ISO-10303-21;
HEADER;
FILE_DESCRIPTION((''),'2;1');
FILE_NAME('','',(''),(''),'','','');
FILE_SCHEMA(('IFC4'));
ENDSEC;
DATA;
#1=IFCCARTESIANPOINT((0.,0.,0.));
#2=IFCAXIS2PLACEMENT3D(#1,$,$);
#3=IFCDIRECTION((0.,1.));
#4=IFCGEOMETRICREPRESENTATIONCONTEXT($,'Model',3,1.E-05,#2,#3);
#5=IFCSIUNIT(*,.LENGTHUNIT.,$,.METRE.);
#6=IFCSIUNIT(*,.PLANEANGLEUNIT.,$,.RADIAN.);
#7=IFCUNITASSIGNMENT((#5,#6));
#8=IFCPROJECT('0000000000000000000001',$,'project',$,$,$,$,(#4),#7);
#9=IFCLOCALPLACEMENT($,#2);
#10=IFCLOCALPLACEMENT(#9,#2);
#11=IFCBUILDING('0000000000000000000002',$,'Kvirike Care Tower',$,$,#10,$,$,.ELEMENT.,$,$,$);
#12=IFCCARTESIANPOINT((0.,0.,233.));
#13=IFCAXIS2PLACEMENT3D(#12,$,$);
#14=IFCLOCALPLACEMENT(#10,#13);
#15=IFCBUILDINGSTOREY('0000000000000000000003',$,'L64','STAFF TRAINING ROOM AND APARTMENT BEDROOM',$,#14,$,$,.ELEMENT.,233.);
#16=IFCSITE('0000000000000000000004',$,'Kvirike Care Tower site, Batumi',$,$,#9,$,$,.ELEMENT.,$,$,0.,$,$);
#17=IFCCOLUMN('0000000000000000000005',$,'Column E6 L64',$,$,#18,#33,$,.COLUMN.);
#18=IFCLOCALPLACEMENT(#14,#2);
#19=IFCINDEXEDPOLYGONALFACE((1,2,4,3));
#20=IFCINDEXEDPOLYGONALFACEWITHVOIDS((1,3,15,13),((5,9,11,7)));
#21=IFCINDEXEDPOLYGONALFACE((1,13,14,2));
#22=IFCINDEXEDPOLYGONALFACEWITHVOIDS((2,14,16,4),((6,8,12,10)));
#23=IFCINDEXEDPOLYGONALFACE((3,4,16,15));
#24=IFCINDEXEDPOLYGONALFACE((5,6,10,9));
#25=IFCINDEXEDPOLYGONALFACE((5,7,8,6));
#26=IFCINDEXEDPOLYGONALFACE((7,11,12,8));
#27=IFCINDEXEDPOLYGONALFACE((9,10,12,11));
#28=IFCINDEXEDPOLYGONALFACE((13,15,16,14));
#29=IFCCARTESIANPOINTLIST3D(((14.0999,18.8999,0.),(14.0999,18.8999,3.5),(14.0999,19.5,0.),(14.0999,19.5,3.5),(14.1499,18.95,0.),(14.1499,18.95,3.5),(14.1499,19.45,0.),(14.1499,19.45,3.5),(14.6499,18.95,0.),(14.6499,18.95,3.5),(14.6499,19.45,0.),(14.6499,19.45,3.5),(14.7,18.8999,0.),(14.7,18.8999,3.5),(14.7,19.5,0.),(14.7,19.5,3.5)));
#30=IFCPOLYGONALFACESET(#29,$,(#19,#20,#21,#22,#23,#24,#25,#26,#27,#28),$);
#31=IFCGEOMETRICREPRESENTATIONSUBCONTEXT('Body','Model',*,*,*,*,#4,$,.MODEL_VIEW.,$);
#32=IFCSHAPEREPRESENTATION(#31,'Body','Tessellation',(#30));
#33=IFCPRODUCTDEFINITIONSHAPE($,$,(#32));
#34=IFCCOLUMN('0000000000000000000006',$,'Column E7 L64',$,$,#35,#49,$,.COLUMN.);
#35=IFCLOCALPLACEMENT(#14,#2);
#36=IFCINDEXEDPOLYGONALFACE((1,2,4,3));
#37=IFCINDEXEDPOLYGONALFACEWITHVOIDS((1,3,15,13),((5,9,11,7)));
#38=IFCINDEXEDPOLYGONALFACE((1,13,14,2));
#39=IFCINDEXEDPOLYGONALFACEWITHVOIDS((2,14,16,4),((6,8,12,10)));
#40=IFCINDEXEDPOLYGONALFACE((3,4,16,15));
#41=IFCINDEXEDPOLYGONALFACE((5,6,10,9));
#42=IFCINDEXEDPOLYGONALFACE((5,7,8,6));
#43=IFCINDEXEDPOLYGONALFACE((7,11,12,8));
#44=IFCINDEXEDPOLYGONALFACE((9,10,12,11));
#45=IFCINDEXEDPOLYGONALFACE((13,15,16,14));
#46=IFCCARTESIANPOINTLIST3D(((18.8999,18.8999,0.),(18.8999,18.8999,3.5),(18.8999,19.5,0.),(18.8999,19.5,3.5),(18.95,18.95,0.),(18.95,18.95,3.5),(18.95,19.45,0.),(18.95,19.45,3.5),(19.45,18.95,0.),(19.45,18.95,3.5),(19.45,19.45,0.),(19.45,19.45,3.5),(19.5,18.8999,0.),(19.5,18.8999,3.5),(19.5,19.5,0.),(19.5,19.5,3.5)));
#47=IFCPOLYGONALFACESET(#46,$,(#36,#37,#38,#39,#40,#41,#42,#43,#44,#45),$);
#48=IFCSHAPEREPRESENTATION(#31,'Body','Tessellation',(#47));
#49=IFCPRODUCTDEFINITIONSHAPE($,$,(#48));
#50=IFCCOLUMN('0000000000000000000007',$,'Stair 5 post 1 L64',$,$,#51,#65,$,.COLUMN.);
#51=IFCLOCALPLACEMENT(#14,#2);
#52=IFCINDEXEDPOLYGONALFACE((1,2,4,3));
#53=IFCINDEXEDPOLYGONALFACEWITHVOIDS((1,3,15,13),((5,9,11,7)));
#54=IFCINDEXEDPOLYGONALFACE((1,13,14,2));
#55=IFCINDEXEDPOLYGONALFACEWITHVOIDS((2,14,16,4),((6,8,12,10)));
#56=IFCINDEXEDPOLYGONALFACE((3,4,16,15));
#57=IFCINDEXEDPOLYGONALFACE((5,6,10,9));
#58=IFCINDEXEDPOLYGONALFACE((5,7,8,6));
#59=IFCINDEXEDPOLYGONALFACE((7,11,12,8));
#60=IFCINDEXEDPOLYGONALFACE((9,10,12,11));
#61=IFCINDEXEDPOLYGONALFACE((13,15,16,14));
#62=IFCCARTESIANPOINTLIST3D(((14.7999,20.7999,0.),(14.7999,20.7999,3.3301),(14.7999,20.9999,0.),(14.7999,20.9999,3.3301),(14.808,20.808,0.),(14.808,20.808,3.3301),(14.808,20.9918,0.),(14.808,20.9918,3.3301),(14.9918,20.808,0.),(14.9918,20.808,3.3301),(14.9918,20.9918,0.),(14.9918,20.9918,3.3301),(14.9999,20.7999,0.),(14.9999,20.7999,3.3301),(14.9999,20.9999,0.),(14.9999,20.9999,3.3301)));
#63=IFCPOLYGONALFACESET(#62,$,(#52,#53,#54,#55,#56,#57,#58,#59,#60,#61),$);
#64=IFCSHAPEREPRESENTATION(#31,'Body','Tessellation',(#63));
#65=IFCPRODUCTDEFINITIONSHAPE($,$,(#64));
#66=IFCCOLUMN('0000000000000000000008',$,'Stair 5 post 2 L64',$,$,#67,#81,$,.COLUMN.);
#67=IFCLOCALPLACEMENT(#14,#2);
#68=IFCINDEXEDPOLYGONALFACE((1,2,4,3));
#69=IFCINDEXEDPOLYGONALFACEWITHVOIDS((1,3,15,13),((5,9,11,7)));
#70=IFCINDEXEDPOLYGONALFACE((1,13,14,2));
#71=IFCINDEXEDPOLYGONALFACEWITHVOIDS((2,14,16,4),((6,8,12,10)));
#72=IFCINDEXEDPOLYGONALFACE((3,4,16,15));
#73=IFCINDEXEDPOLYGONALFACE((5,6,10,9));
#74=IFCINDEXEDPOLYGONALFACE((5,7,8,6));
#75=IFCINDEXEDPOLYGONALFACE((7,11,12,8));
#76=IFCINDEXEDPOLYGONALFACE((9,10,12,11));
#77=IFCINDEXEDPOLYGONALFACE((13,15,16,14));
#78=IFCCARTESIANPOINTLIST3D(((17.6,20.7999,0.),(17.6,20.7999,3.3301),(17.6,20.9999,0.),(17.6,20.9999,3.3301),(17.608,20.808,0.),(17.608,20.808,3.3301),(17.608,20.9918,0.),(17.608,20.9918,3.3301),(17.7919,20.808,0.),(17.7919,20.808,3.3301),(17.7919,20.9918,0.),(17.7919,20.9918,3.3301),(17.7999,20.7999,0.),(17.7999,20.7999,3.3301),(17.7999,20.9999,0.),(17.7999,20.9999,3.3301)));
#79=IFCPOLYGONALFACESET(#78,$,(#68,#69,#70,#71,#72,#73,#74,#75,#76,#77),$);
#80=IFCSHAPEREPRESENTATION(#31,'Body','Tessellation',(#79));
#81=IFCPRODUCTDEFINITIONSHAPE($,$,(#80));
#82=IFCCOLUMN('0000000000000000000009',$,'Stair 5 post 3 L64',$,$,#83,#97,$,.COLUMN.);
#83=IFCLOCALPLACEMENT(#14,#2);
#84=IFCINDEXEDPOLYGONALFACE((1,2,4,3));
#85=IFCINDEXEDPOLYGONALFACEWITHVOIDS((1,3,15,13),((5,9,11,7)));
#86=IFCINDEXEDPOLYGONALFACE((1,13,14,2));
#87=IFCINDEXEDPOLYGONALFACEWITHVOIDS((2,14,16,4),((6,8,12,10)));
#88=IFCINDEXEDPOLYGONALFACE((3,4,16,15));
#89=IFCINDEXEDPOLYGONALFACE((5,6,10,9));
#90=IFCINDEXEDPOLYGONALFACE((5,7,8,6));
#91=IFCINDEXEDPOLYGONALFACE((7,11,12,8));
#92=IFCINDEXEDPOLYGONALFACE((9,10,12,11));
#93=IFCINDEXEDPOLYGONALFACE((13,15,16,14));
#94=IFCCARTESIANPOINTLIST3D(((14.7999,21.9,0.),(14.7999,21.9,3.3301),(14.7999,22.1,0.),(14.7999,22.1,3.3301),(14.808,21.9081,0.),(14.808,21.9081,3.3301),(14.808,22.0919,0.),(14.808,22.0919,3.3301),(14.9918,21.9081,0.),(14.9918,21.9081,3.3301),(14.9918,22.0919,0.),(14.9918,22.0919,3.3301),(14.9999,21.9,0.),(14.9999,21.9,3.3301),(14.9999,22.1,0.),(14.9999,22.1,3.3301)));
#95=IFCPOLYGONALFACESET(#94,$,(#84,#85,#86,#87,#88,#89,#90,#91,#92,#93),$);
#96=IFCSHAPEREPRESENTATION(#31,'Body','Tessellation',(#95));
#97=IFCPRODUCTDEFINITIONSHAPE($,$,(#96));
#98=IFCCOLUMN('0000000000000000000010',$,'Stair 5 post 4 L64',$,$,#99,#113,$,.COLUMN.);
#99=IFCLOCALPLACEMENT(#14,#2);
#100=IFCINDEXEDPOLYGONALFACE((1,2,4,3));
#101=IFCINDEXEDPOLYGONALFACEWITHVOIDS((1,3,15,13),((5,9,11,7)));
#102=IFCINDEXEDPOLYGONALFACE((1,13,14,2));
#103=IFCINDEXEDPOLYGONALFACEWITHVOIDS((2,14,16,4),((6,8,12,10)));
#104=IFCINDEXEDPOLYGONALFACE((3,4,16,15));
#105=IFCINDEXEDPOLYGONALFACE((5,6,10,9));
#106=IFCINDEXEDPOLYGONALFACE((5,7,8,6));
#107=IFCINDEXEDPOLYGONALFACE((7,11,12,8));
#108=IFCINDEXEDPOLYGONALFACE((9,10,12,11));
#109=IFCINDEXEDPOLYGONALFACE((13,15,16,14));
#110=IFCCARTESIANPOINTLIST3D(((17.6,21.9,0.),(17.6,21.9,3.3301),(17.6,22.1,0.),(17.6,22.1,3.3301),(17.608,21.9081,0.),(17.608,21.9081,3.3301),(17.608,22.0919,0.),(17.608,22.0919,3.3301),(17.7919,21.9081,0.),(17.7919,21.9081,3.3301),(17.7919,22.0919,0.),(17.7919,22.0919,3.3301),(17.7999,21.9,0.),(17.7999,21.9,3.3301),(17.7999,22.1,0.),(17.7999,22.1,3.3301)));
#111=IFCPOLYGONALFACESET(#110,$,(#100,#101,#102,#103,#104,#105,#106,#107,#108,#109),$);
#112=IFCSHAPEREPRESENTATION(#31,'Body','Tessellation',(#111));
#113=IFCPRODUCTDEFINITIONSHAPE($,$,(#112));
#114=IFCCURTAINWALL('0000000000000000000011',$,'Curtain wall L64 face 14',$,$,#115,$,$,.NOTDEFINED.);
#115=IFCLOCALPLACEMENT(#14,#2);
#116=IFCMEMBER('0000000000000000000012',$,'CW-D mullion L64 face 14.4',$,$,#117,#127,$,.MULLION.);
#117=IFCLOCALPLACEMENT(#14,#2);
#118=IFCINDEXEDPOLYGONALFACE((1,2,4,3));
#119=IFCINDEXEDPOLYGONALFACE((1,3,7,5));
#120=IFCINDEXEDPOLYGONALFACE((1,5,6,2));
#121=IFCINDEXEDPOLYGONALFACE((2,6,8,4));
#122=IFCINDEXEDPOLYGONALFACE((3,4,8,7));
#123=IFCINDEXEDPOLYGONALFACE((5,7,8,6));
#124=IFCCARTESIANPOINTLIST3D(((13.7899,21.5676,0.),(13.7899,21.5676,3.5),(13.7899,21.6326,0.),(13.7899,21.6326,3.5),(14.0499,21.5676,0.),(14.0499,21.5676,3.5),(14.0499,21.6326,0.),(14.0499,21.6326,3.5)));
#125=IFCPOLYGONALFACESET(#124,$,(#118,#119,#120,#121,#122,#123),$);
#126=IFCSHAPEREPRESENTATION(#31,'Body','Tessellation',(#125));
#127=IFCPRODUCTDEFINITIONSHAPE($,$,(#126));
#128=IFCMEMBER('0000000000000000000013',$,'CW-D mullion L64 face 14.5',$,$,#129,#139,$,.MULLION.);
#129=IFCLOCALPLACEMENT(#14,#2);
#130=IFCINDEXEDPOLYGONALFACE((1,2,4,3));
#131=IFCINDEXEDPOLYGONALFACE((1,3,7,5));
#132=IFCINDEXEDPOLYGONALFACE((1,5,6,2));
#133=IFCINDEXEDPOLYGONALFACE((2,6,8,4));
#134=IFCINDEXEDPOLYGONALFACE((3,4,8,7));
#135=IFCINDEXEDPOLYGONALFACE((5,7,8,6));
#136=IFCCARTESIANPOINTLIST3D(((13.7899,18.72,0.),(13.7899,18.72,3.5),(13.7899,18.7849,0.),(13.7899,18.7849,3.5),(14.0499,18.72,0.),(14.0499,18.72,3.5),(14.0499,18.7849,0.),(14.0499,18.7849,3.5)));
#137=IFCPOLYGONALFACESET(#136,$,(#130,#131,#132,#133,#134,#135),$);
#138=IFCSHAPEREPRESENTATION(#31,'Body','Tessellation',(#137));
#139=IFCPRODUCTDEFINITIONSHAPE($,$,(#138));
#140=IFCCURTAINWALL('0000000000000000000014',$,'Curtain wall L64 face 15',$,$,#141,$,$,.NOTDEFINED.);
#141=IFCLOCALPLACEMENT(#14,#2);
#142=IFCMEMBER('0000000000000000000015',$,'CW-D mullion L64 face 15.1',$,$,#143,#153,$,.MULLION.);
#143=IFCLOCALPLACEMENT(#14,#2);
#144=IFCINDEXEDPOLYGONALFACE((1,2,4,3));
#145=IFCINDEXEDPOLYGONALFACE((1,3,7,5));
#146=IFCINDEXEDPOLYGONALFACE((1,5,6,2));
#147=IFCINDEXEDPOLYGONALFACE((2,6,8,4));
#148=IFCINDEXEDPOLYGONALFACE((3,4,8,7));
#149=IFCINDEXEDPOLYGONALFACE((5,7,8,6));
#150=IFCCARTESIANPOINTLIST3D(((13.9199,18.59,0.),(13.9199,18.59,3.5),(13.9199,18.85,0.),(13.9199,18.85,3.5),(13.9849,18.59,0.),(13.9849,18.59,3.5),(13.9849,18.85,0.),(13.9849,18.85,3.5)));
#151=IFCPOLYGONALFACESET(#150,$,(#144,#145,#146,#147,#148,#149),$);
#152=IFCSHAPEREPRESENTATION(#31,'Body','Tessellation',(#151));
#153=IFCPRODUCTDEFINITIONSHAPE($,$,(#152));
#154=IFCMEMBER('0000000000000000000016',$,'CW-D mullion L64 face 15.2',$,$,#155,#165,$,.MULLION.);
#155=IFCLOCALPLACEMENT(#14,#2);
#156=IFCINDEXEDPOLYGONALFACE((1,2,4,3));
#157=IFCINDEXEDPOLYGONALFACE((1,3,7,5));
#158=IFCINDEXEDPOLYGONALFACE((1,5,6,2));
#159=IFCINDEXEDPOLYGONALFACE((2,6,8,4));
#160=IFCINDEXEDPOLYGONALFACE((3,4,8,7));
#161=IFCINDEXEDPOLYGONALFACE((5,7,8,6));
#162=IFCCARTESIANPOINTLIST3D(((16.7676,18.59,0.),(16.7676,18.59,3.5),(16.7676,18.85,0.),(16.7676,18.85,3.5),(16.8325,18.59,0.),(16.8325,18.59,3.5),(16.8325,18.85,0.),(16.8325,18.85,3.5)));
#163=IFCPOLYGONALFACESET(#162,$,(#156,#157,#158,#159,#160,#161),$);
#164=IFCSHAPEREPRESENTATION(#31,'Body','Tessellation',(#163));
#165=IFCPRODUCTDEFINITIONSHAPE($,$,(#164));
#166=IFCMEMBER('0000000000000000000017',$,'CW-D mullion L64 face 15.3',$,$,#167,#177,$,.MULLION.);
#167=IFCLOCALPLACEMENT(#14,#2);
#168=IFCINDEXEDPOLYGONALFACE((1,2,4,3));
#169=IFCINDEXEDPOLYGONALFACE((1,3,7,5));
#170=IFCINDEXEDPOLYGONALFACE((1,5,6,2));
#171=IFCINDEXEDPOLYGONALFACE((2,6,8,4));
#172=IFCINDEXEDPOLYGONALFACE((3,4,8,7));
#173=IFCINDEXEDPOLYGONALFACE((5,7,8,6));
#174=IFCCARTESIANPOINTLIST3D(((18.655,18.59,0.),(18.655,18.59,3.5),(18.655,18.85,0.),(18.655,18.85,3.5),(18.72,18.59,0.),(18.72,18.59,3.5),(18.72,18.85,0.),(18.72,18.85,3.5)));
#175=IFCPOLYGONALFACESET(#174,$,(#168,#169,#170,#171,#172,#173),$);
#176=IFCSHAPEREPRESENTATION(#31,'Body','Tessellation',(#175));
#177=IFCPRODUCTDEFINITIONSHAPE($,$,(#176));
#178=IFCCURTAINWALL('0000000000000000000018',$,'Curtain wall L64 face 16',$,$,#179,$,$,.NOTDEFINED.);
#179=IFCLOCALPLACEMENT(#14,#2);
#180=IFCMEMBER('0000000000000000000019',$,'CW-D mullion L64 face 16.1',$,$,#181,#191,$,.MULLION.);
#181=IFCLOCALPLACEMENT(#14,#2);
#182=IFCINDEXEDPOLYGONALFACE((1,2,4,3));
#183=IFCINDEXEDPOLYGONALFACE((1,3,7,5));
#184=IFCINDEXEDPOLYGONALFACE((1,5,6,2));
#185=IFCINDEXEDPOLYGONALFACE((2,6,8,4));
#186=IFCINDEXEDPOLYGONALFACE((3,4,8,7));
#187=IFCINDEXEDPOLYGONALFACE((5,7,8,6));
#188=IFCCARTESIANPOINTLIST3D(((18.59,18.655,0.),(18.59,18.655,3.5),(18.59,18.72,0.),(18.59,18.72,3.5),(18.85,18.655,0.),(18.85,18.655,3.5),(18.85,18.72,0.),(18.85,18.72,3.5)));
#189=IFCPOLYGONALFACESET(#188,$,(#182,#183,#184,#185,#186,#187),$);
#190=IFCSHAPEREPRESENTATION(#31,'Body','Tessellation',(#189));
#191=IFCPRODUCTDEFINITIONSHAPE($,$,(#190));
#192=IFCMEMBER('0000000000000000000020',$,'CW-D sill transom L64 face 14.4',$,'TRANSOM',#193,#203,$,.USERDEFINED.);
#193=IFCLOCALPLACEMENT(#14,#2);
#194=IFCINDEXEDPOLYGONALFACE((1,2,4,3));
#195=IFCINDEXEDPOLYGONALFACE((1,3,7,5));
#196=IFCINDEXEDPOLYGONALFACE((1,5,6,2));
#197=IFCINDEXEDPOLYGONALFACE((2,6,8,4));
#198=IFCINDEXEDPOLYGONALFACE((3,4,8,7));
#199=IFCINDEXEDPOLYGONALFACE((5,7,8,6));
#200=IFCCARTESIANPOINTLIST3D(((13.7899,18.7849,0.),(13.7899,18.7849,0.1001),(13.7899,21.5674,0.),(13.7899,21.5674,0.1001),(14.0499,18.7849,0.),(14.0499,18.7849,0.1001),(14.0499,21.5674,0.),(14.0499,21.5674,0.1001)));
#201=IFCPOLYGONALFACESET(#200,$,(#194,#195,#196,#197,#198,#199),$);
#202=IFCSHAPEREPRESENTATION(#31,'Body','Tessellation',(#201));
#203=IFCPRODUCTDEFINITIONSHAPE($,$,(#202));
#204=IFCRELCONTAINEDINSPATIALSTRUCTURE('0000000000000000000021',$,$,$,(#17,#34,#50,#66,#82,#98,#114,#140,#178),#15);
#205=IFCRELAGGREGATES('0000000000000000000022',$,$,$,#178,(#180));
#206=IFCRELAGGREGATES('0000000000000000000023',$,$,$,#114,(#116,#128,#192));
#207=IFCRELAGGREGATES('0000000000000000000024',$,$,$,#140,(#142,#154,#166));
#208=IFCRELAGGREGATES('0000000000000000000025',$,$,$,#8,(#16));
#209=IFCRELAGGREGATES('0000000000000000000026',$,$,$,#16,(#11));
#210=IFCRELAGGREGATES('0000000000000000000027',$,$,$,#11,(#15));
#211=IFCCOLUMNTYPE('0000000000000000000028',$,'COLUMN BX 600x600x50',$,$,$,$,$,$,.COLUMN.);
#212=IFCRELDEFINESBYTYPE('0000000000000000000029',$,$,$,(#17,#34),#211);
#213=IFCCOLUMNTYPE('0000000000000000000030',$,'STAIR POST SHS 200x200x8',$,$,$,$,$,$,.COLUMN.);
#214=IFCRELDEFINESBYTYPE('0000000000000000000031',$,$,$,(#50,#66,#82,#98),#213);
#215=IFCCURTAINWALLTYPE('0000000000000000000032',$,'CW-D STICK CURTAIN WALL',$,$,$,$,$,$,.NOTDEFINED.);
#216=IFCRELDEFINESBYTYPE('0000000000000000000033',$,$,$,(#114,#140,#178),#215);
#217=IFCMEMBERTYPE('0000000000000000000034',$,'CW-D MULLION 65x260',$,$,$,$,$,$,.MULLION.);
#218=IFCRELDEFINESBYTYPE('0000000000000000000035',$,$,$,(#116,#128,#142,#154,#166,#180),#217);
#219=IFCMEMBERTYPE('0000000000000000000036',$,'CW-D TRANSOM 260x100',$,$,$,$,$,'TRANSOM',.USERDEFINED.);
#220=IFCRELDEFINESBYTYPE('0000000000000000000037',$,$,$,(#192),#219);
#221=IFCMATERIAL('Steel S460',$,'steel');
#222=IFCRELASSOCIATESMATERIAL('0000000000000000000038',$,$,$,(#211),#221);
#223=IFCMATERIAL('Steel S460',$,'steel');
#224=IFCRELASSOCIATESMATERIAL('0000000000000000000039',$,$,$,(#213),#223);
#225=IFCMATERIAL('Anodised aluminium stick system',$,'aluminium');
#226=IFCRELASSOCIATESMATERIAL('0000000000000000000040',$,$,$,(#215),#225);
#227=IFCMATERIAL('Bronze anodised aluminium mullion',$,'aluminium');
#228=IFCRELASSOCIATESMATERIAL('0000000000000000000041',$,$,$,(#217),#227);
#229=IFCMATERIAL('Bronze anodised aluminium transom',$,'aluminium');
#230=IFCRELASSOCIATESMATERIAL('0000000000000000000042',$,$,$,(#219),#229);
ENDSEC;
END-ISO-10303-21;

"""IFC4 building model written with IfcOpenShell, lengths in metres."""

from ifc_helpers import new_model, si_unit, direction, frame, origin, origin_2d, place, context, subcontext, project, spatial, rectangle, hollow_rectangle, extrude, material, material_profile, profile_set, type_object, element, aggregate, save


model = new_model("IFC4")

# Units and contexts
model_context = context("Model", 3, precision=1e-05, world=origin(), true_north=direction((0.0, 1.0)))
body_context = subcontext(model_context, "Body", "Model", "MODEL_VIEW")
ifc_project = project(units=[si_unit("LENGTHUNIT", "METRE"), si_unit("PLANEANGLEUNIT", "RADIAN")], contexts=[model_context])

# Site, building, storey
site_placement = place(None, origin())
site = spatial("IfcSite", under=ifc_project, at=site_placement, Name="Kvirike Care Tower site, Batumi", CompositionType="ELEMENT", RefElevation=0.0)
building_placement = place(site_placement, origin())
building = spatial("IfcBuilding", under=site, at=building_placement, Name="Kvirike Care Tower", CompositionType="ELEMENT")
storey_placement = place(building_placement, frame((0.0, 0.0, 233.0)))
storey = spatial("IfcBuildingStorey", under=building, at=storey_placement, Name="L64", Description="STAFF TRAINING ROOM AND APARTMENT BEDROOM", CompositionType="ELEMENT", Elevation=233.0)

# Columns
ifc_material_1 = material(Name="Steel S460", Category="steel")
ifc_material_profile_1 = material_profile(ifc_material_1, hollow_rectangle(XDim=0.6001, YDim=0.6001, WallThickness=0.05, at=origin_2d()), Name="BX 600x600x50")
ifc_profile_set_1 = profile_set([ifc_material_profile_1], Name="Steel S460")
column_type_1 = type_object("IfcColumnType", Name="COLUMN BX 600x600x50", PredefinedType="COLUMN", material=ifc_profile_set_1)
for number, where, z_axis, x_axis, name in (
    (1, (14.3999, 19.2, 0.0), (0.0, 0.0, 1.0), (0.0, 1.0, 0.0), "Column E6 L64"),
    (2, (19.2, 19.2, 0.0), (0.0, 0.0, 1.0), (0.0, 1.0, 0.0), "Column E7 L64"),
):
    element("IfcColumn", number, at=place(storey_placement, frame(where, z_axis=z_axis, x_axis=x_axis)), inside=storey, type_object=column_type_1, Name=name, PredefinedType="COLUMN", context=body_context, shape_type="SweptSolid", body=[
        extrude(hollow_rectangle(XDim=0.6001, YDim=0.6001, WallThickness=0.05, at=origin_2d()), origin(), (0.0, 0.0, 1.0), 3.5),
    ])
ifc_material_2 = material(Name="Steel S460", Category="steel")
ifc_material_profile_2 = material_profile(ifc_material_2, hollow_rectangle(XDim=0.2, YDim=0.2, WallThickness=0.0081, at=origin_2d()), Name="SHS 200x200x8")
ifc_profile_set_2 = profile_set([ifc_material_profile_2], Name="Steel S460")
column_type_2 = type_object("IfcColumnType", Name="STAIR POST SHS 200x200x8", PredefinedType="COLUMN", material=ifc_profile_set_2)
for number, where, z_axis, x_axis, name in (
    (3, (14.8999, 20.8999, 0.0), (0.0, 0.0, 1.0), (1.0, 0.0, 0.0), "Stair 5 post 1 L64"),
    (4, (17.7, 20.8999, 0.0), (0.0, 0.0, 1.0), (1.0, 0.0, 0.0), "Stair 5 post 2 L64"),
    (5, (14.8999, 22.0, 0.0), (0.0, 0.0, 1.0), (1.0, 0.0, 0.0), "Stair 5 post 3 L64"),
    (6, (17.7, 22.0, 0.0), (0.0, 0.0, 1.0), (1.0, 0.0, 0.0), "Stair 5 post 4 L64"),
):
    element("IfcColumn", number, at=place(storey_placement, frame(where, z_axis=z_axis, x_axis=x_axis)), inside=storey, type_object=column_type_2, Name=name, PredefinedType="COLUMN", context=body_context, shape_type="SweptSolid", body=[
        extrude(hollow_rectangle(XDim=0.2, YDim=0.2, WallThickness=0.0081, at=origin_2d()), origin(), (0.0, 0.0, 1.0), 3.3301),
    ])

# Curtain walls, members
ifc_material_3 = material(Name="Anodised aluminium stick system", Category="aluminium")
curtain_wall_type = type_object("IfcCurtainWallType", Name="CW-D STICK CURTAIN WALL", PredefinedType="NOTDEFINED", material=ifc_material_3)
curtain_wall_1_placement = place(storey_placement, origin())
curtain_wall_1 = element("IfcCurtainWall", 7, at=curtain_wall_1_placement, inside=storey, type_object=curtain_wall_type, Name="Curtain wall L64 face 14", PredefinedType="NOTDEFINED")
ifc_material_4 = material(Name="Bronze anodised aluminium mullion", Category="aluminium")
ifc_material_profile_3 = material_profile(ifc_material_4, rectangle(XDim=0.0649, YDim=0.26, at=origin_2d()), Name="CW-D MULLION 65x260")
ifc_profile_set_3 = profile_set([ifc_material_profile_3], Name="Bronze anodised aluminium mullion")
member_type_1 = type_object("IfcMemberType", Name="CW-D MULLION 65x260", PredefinedType="MULLION", material=ifc_profile_set_3)
member_1_placement = place(storey_placement, frame((13.9199, 21.6001, 0.0), z_axis=(0.0, 0.0, 1.0), x_axis=(0.0, -1.0, 0.0)))
member_1 = element("IfcMember", 8, at=member_1_placement, type_object=member_type_1, Name="CW-D mullion L64 face 14.4", PredefinedType="MULLION", context=body_context, shape_type="SweptSolid", body=[
    extrude(rectangle(XDim=0.0649, YDim=0.26, at=origin_2d()), origin(), (0.0, 0.0, 1.0), 3.5),
])
member_2_placement = place(storey_placement, frame((13.9199, 18.7524, 0.0), z_axis=(0.0, 0.0, 1.0), x_axis=(0.0, -1.0, 0.0)))
member_2 = element("IfcMember", 9, at=member_2_placement, type_object=member_type_1, Name="CW-D mullion L64 face 14.5", PredefinedType="MULLION", context=body_context, shape_type="SweptSolid", body=[
    extrude(rectangle(XDim=0.0649, YDim=0.26, at=origin_2d()), origin(), (0.0, 0.0, 1.0), 3.5),
])
curtain_wall_2_placement = place(storey_placement, origin())
curtain_wall_2 = element("IfcCurtainWall", 10, at=curtain_wall_2_placement, inside=storey, type_object=curtain_wall_type, Name="Curtain wall L64 face 15", PredefinedType="NOTDEFINED")
member_3_placement = place(storey_placement, frame((13.9524, 18.72, 0.0), z_axis=(0.0, 0.0, 1.0), x_axis=(1.0, 0.0, 0.0)))
member_3 = element("IfcMember", 11, at=member_3_placement, type_object=member_type_1, Name="CW-D mullion L64 face 15.1", PredefinedType="MULLION", context=body_context, shape_type="SweptSolid", body=[
    extrude(rectangle(XDim=0.0649, YDim=0.26, at=origin_2d()), origin(), (0.0, 0.0, 1.0), 3.5),
])
member_4_placement = place(storey_placement, frame((16.8, 18.72, 0.0), z_axis=(0.0, 0.0, 1.0), x_axis=(1.0, 0.0, 0.0)))
member_4 = element("IfcMember", 12, at=member_4_placement, type_object=member_type_1, Name="CW-D mullion L64 face 15.2", PredefinedType="MULLION", context=body_context, shape_type="SweptSolid", body=[
    extrude(rectangle(XDim=0.0649, YDim=0.26, at=origin_2d()), origin(), (0.0, 0.0, 1.0), 3.5),
])
member_5_placement = place(storey_placement, frame((18.6875, 18.72, 0.0), z_axis=(0.0, 0.0, 1.0), x_axis=(1.0, 0.0, 0.0)))
member_5 = element("IfcMember", 13, at=member_5_placement, type_object=member_type_1, Name="CW-D mullion L64 face 15.3", PredefinedType="MULLION", context=body_context, shape_type="SweptSolid", body=[
    extrude(rectangle(XDim=0.0649, YDim=0.26, at=origin_2d()), origin(), (0.0, 0.0, 1.0), 3.5),
])

# Curtain wall, member
curtain_wall_3_placement = place(storey_placement, origin())
curtain_wall_3 = element("IfcCurtainWall", 14, at=curtain_wall_3_placement, inside=storey, type_object=curtain_wall_type, Name="Curtain wall L64 face 16", PredefinedType="NOTDEFINED")
member_6_placement = place(storey_placement, frame((18.72, 18.6875, 0.0), z_axis=(0.0, 0.0, 1.0), x_axis=(0.0, -1.0, 0.0)))
member_6 = element("IfcMember", 15, at=member_6_placement, type_object=member_type_1, Name="CW-D mullion L64 face 16.1", PredefinedType="MULLION", context=body_context, shape_type="SweptSolid", body=[
    extrude(rectangle(XDim=0.0649, YDim=0.26, at=origin_2d()), origin(), (0.0, 0.0, 1.0), 3.5),
])

# Member
ifc_material_5 = material(Name="Bronze anodised aluminium transom", Category="aluminium")
ifc_material_profile_4 = material_profile(ifc_material_5, rectangle(XDim=0.26, YDim=0.1001, at=origin_2d()), Name="CW-D TRANSOM 260x100")
ifc_profile_set_4 = profile_set([ifc_material_profile_4], Name="Bronze anodised aluminium transom")
member_type_2 = type_object("IfcMemberType", Name="CW-D TRANSOM 260x100", ElementType="TRANSOM", PredefinedType="USERDEFINED", material=ifc_profile_set_4)
member_7_placement = place(storey_placement, frame((13.9199, 21.5674, 0.05), z_axis=(0.0, -1.0, 0.0), x_axis=(1.0, 0.0, 0.0)))
member_7 = element("IfcMember", 16, at=member_7_placement, type_object=member_type_2, Name="CW-D sill transom L64 face 14.4", ObjectType="TRANSOM", PredefinedType="USERDEFINED", context=body_context, shape_type="SweptSolid", body=[
    extrude(rectangle(XDim=0.26, YDim=0.1001, at=origin_2d()), origin(), (0.0, 0.0, 1.0), 2.7825),
])
aggregate(curtain_wall_3, [member_6])

aggregate(curtain_wall_1, [member_1, member_2, member_7])
aggregate(curtain_wall_2, [member_3, member_4, member_5])

save(model, "model.ifc")
